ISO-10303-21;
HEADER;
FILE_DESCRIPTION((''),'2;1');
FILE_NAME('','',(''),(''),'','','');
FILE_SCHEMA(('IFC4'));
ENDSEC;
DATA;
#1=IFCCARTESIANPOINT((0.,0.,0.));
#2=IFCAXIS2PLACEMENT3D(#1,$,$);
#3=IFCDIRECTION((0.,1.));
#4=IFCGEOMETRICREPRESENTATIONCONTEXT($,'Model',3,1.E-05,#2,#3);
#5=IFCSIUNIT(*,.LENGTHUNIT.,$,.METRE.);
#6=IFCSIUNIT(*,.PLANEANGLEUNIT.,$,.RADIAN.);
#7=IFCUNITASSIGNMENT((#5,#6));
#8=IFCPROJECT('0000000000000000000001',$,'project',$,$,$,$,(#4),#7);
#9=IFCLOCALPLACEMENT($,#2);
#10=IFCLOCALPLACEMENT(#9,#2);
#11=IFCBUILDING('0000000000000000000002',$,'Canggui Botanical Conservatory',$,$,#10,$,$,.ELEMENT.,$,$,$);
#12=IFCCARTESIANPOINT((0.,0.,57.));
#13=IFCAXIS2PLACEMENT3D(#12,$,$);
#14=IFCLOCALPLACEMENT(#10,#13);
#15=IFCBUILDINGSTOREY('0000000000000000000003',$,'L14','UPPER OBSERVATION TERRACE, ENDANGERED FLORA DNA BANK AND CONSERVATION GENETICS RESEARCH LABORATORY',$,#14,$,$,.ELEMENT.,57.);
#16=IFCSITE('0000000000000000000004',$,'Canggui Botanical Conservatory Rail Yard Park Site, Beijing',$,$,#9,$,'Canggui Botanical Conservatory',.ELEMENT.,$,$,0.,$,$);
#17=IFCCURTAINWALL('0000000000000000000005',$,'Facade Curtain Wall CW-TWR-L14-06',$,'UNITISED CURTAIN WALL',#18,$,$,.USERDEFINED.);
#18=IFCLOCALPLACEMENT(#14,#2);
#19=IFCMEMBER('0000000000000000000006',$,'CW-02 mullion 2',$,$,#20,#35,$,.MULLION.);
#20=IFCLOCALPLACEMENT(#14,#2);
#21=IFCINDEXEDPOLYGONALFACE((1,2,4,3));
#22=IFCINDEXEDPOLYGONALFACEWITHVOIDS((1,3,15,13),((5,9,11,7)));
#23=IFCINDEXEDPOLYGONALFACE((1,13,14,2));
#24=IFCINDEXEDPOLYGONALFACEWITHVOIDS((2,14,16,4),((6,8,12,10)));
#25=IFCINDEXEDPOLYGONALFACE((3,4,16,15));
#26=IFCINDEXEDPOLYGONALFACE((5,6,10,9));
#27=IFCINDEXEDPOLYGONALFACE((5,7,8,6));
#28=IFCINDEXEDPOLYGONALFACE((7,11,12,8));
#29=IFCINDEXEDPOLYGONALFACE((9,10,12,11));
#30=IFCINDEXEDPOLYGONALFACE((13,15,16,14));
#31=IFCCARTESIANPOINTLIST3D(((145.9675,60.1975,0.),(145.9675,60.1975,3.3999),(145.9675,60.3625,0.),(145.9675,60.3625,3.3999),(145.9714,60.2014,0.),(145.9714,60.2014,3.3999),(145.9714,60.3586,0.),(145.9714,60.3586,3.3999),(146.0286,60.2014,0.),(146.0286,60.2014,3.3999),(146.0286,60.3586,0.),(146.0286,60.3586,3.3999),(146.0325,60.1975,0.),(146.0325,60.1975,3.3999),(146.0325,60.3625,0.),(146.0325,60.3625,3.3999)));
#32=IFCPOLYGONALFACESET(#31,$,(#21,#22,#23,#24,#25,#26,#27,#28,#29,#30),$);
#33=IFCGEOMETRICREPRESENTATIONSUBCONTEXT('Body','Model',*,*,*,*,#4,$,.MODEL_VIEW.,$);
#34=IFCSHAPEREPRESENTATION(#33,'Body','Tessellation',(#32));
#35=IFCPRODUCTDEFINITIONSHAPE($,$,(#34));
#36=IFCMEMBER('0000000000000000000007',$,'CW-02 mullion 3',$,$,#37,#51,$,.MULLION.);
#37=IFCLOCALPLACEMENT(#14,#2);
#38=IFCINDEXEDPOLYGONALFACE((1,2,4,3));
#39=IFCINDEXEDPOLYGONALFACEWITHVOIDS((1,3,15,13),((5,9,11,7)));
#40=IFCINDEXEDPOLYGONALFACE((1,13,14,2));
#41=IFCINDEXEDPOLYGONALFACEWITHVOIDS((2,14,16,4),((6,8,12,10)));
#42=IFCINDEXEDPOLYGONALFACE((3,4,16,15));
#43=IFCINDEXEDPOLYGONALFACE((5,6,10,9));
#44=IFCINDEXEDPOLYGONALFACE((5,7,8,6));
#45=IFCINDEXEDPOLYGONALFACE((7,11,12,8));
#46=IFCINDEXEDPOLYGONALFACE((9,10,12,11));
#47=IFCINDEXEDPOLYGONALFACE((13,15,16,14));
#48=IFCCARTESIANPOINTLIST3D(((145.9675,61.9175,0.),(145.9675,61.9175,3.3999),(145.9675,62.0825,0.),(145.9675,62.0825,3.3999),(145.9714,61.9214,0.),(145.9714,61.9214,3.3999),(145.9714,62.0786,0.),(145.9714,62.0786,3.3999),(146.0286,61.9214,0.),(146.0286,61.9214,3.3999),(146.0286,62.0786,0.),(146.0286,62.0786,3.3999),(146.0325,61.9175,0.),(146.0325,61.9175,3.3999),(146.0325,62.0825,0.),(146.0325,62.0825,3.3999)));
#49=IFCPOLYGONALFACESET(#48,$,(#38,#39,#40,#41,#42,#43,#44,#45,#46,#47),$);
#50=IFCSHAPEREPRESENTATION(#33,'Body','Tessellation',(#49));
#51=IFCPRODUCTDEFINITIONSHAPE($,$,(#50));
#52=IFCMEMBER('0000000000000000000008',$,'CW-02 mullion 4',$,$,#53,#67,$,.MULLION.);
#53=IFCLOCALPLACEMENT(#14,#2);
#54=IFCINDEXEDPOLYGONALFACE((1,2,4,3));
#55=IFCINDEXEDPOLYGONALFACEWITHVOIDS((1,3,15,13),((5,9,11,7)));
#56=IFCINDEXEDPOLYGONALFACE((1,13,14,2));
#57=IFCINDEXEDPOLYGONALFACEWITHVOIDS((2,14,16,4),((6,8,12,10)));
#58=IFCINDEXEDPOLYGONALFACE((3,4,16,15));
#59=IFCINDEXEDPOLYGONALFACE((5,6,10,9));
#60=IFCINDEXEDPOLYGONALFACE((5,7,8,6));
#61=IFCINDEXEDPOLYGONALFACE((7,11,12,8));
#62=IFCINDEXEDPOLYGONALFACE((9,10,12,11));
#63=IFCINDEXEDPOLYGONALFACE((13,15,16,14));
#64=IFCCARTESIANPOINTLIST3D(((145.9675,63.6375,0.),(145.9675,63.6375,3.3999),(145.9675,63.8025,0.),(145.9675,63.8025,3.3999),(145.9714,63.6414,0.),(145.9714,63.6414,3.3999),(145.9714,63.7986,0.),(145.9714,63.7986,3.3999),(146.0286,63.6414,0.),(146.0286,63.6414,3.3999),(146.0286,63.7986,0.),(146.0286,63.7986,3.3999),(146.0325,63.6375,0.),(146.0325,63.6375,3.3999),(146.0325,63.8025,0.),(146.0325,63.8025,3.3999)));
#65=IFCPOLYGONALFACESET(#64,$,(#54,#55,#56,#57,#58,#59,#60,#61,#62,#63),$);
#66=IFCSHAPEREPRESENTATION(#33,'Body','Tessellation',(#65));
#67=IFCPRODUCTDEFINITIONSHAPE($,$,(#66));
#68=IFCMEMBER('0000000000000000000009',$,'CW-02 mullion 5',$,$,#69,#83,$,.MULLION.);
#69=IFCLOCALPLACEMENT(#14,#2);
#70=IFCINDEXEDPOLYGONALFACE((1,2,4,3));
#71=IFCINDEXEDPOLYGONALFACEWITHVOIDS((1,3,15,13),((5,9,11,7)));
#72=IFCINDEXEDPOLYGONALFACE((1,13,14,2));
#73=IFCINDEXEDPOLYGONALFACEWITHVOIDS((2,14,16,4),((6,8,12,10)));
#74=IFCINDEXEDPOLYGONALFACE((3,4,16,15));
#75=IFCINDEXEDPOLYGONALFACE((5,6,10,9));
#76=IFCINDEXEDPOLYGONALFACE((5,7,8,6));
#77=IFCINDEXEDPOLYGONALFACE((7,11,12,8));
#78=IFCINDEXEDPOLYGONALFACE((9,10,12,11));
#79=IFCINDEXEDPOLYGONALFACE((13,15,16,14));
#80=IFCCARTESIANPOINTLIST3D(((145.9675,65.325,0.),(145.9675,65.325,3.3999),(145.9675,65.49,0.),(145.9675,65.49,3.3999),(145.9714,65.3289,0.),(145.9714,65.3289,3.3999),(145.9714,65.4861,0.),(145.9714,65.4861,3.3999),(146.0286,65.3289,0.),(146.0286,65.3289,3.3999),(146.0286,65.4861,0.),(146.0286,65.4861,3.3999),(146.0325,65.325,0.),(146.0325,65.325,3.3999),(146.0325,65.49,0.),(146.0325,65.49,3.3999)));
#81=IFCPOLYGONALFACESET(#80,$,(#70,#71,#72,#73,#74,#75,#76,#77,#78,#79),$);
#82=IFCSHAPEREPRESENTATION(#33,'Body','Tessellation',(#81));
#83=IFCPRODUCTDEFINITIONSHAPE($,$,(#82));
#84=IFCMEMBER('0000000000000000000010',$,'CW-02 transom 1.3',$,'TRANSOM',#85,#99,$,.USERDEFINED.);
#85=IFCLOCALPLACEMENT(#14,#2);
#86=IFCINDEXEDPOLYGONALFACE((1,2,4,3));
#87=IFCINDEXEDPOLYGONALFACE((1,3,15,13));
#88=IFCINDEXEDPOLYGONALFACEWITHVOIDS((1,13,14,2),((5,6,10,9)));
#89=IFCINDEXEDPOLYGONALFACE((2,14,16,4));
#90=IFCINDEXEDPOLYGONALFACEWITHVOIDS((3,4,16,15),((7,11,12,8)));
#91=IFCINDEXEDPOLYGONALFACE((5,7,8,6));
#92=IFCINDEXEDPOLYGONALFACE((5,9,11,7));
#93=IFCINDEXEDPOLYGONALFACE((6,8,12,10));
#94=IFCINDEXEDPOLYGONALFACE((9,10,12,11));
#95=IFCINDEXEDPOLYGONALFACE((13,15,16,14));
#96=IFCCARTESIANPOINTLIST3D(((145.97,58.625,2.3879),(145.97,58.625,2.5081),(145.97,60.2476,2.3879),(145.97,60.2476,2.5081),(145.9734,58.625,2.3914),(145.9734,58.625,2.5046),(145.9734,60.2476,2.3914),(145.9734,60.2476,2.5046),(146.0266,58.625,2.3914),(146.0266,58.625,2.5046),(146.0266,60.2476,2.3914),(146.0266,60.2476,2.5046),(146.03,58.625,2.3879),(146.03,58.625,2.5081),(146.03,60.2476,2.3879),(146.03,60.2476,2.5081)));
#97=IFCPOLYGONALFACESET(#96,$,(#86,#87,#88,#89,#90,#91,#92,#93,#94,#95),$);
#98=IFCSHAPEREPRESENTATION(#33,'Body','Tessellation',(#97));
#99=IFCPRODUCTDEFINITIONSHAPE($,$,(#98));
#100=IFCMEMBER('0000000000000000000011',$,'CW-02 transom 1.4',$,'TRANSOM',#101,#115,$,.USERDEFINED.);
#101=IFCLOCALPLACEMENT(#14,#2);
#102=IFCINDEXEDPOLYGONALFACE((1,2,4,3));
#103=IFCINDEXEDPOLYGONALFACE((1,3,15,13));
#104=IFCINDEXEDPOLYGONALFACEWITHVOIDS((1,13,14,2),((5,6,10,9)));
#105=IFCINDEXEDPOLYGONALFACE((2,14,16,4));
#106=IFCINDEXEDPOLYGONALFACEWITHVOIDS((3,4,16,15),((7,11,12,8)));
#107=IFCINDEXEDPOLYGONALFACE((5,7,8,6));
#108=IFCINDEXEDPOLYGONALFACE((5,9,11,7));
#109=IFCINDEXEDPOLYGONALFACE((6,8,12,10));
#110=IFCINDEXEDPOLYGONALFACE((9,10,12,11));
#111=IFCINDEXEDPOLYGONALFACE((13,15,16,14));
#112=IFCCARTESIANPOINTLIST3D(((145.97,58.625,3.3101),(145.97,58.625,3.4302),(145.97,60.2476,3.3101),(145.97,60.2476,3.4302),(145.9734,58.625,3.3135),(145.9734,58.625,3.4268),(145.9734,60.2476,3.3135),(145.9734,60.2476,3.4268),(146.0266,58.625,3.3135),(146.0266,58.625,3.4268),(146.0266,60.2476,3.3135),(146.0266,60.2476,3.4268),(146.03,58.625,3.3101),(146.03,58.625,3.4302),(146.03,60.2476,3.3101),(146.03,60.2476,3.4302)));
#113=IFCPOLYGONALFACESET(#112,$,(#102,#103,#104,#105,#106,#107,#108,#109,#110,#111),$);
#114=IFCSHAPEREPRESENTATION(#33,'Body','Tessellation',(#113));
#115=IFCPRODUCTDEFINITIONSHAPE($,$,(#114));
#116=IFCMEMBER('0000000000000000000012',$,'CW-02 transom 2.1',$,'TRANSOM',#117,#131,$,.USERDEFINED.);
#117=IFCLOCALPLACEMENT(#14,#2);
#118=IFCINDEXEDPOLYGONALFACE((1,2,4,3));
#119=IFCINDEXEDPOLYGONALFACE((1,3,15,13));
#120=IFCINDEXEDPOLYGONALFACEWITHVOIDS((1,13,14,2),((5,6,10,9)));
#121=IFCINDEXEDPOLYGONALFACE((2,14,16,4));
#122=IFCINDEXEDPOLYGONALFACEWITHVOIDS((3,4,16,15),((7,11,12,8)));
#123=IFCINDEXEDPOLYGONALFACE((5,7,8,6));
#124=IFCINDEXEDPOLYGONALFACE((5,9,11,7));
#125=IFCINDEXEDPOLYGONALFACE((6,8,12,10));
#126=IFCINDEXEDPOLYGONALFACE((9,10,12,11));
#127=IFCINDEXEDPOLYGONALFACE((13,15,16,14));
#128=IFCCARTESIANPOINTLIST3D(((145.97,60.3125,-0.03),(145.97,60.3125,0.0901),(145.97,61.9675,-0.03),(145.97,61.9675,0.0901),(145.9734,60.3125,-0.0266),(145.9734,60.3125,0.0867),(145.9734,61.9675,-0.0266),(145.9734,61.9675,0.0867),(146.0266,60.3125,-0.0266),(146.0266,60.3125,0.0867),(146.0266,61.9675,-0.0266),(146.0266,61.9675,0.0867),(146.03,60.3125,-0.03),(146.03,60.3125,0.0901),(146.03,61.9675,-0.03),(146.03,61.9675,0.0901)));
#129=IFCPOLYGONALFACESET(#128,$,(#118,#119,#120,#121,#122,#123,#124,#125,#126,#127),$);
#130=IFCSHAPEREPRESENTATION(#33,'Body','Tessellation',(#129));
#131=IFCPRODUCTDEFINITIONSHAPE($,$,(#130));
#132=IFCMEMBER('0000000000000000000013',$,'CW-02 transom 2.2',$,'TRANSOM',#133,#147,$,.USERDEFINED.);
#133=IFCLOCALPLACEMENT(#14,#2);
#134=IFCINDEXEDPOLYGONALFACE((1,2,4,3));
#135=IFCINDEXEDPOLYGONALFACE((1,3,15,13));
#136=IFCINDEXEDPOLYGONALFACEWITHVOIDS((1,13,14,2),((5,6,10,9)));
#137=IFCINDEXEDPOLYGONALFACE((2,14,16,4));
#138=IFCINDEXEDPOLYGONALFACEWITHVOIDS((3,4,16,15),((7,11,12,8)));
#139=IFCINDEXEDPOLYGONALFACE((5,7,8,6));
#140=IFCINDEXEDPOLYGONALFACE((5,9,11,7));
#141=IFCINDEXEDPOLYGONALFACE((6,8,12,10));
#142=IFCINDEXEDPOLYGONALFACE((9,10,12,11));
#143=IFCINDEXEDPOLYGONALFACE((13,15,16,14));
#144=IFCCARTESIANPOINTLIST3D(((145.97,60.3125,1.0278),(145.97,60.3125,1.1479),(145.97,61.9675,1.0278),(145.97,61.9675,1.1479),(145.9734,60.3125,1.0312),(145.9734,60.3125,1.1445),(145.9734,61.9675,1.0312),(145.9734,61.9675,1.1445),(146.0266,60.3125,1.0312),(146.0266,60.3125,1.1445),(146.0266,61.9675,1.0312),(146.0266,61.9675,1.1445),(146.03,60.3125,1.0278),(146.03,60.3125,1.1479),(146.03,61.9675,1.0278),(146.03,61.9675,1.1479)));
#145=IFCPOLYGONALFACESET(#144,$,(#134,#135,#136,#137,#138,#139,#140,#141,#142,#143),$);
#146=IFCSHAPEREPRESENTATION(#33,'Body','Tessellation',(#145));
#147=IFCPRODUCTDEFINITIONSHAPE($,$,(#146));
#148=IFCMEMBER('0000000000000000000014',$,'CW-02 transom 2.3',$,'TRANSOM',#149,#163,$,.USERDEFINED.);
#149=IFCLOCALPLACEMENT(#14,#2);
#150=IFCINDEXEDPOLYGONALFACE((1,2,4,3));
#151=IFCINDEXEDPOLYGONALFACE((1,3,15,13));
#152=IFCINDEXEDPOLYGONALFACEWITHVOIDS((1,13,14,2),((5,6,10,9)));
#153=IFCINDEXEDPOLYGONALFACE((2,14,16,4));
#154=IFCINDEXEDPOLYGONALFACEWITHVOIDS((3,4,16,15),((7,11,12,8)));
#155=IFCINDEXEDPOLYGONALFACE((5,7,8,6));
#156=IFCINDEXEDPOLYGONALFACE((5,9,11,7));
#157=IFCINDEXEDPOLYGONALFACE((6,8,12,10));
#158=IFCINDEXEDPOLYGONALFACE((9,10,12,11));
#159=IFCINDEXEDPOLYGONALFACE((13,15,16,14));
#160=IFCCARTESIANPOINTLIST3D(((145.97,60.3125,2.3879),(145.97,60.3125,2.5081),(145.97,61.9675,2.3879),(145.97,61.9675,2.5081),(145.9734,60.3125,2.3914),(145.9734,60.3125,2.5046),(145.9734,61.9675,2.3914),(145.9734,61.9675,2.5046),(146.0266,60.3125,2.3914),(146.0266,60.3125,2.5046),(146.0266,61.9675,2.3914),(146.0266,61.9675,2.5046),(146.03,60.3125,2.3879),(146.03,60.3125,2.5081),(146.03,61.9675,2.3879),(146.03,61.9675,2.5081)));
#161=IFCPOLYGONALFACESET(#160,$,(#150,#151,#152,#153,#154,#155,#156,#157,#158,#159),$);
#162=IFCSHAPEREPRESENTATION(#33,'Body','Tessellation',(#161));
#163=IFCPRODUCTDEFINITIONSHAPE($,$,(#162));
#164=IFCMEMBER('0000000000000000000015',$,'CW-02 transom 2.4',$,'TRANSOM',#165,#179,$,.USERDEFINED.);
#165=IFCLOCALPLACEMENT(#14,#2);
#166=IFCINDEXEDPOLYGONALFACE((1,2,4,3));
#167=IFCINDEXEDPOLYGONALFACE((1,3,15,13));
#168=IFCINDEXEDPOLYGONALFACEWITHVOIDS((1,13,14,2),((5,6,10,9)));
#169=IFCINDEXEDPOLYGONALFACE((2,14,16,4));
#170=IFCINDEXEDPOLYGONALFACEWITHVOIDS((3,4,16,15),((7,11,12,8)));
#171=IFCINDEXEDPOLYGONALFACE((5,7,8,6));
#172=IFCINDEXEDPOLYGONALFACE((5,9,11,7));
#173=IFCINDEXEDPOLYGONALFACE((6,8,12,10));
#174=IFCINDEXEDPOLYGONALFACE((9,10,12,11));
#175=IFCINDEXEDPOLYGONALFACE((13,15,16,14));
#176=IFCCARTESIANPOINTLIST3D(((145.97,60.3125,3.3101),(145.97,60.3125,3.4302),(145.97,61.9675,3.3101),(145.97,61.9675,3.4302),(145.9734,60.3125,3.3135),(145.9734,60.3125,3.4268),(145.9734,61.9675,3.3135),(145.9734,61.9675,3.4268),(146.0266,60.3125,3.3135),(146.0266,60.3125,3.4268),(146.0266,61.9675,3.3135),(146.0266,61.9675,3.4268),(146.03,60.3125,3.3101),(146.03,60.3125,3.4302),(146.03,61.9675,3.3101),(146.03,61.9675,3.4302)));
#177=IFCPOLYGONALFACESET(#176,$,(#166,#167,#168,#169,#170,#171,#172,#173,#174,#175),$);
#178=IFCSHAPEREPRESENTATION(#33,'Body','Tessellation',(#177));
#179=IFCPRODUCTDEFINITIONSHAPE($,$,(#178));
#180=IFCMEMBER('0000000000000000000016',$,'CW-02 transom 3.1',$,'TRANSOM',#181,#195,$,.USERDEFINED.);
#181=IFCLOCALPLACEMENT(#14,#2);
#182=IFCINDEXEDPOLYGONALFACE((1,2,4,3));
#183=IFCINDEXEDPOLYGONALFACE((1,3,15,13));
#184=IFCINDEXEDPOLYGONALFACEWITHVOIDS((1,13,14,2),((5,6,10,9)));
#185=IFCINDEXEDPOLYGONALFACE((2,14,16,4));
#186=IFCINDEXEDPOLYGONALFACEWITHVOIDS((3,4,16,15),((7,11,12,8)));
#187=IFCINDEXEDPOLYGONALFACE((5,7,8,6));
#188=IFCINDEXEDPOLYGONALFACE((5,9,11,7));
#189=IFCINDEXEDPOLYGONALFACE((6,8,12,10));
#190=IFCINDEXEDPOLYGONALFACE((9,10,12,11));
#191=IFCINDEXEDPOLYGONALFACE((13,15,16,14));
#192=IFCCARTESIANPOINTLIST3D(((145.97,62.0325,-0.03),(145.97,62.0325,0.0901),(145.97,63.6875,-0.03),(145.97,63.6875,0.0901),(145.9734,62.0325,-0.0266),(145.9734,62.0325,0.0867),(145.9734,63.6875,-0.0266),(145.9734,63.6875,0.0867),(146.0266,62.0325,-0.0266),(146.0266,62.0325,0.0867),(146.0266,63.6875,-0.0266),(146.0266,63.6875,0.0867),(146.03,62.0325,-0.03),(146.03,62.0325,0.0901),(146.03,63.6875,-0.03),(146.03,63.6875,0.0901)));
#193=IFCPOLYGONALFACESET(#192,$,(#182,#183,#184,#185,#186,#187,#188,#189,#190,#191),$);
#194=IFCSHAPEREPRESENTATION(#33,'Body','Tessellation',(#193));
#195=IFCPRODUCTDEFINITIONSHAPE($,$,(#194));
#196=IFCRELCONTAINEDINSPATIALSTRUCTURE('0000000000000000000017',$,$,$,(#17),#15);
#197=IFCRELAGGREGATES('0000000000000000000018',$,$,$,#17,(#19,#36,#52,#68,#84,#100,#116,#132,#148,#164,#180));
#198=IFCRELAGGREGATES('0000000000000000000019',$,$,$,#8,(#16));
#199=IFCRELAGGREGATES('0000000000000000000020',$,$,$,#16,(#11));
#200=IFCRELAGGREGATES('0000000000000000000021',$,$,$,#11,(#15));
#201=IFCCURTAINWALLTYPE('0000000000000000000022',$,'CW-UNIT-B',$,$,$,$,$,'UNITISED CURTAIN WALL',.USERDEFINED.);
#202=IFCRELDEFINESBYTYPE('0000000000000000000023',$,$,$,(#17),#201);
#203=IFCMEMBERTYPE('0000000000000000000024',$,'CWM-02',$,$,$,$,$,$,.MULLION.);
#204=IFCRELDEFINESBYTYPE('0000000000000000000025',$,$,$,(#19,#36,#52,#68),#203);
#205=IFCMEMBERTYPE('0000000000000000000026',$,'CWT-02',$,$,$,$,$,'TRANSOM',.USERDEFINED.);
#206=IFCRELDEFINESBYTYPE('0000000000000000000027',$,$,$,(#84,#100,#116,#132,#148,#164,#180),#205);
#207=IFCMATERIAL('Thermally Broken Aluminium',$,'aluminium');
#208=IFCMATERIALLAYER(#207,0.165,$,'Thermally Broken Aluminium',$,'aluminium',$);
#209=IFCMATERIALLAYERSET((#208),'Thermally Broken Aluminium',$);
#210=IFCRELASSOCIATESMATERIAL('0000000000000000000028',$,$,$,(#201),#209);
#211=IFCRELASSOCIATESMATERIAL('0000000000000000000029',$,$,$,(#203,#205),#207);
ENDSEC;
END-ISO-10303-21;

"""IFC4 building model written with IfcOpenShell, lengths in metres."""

from ifc_helpers import new_model, si_unit, direction, frame, origin, origin_2d, place, context, subcontext, project, spatial, hollow_rectangle, extrude, material, layer, layer_set, material_profile, profile_set, type_object, element, aggregate, save


model = new_model("IFC4")

# Units and contexts
model_context = context("Model", 3, precision=1e-05, world=origin(), true_north=direction((0.0, 1.0)))
body_context = subcontext(model_context, "Body", "Model", "MODEL_VIEW")
ifc_project = project(units=[si_unit("LENGTHUNIT", "METRE"), si_unit("PLANEANGLEUNIT", "RADIAN")], contexts=[model_context])

# Site, building, storey
site_placement = place(None, origin())
site = spatial("IfcSite", under=ifc_project, at=site_placement, Name="Canggui Botanical Conservatory Rail Yard Park Site, Beijing", LongName="Canggui Botanical Conservatory", CompositionType="ELEMENT", RefElevation=0.0)
building_placement = place(site_placement, origin())
building = spatial("IfcBuilding", under=site, at=building_placement, Name="Canggui Botanical Conservatory", CompositionType="ELEMENT")
storey_placement = place(building_placement, frame((0.0, 0.0, 57.0)))
storey = spatial("IfcBuildingStorey", under=building, at=storey_placement, Name="L14", Description="UPPER OBSERVATION TERRACE, ENDANGERED FLORA DNA BANK AND CONSERVATION GENETICS RESEARCH LABORATORY", CompositionType="ELEMENT", Elevation=57.0)

# Curtain wall, members
ifc_material_1 = material(Name="Thermally Broken Aluminium", Category="aluminium")
ifc_layer_1 = layer(ifc_material_1, 0.165, Name="Thermally Broken Aluminium", Category="aluminium")
ifc_layer_set_1 = layer_set([ifc_layer_1], Name="Thermally Broken Aluminium")
curtain_wall_type = type_object("IfcCurtainWallType", Name="CW-UNIT-B", ElementType="UNITISED CURTAIN WALL", PredefinedType="USERDEFINED", material=ifc_layer_set_1)
curtain_wall_placement = place(storey_placement, origin())
curtain_wall = element("IfcCurtainWall", 1, at=curtain_wall_placement, inside=storey, type_object=curtain_wall_type, Name="Facade Curtain Wall CW-TWR-L14-06", ObjectType="UNITISED CURTAIN WALL", PredefinedType="USERDEFINED")
ifc_material_profile_1 = material_profile(ifc_material_1, hollow_rectangle(XDim=0.0649, YDim=0.165, WallThickness=0.0039, at=origin_2d()), Name="CWM 65x165x4")
ifc_profile_set_1 = profile_set([ifc_material_profile_1], Name="Thermally Broken Aluminium")
member_type_1 = type_object("IfcMemberType", Name="CWM-02", PredefinedType="MULLION", material=ifc_profile_set_1)
member_1_placement = place(storey_placement, frame((146.0, 60.28, 0.0), z_axis=(0.0, 0.0, 1.0), x_axis=(-1.0, 0.0, 0.0)))
member_1 = element("IfcMember", 2, at=member_1_placement, type_object=member_type_1, Name="CW-02 mullion 2", PredefinedType="MULLION", context=body_context, shape_type="SweptSolid", body=[
    extrude(hollow_rectangle(XDim=0.0649, YDim=0.165, WallThickness=0.0039, at=origin_2d()), origin(), (0.0, 0.0, 1.0), 3.3999),
])
member_2_placement = place(storey_placement, frame((146.0, 62.0, 0.0), z_axis=(0.0, 0.0, 1.0), x_axis=(-1.0, 0.0, 0.0)))
member_2 = element("IfcMember", 3, at=member_2_placement, type_object=member_type_1, Name="CW-02 mullion 3", PredefinedType="MULLION", context=body_context, shape_type="SweptSolid", body=[
    extrude(hollow_rectangle(XDim=0.0649, YDim=0.165, WallThickness=0.0039, at=origin_2d()), origin(), (0.0, 0.0, 1.0), 3.3999),
])
member_3_placement = place(storey_placement, frame((146.0, 63.72, 0.0), z_axis=(0.0, 0.0, 1.0), x_axis=(-1.0, 0.0, 0.0)))
member_3 = element("IfcMember", 4, at=member_3_placement, type_object=member_type_1, Name="CW-02 mullion 4", PredefinedType="MULLION", context=body_context, shape_type="SweptSolid", body=[
    extrude(hollow_rectangle(XDim=0.0649, YDim=0.165, WallThickness=0.0039, at=origin_2d()), origin(), (0.0, 0.0, 1.0), 3.3999),
])
member_4_placement = place(storey_placement, frame((146.0, 65.4075, 0.0), z_axis=(0.0, 0.0, 1.0), x_axis=(-1.0, 0.0, 0.0)))
member_4 = element("IfcMember", 5, at=member_4_placement, type_object=member_type_1, Name="CW-02 mullion 5", PredefinedType="MULLION", context=body_context, shape_type="SweptSolid", body=[
    extrude(hollow_rectangle(XDim=0.0649, YDim=0.165, WallThickness=0.0039, at=origin_2d()), origin(), (0.0, 0.0, 1.0), 3.3999),
])
ifc_material_profile_2 = material_profile(ifc_material_1, hollow_rectangle(XDim=0.0601, YDim=0.1201, WallThickness=0.0034, at=origin_2d()), Name="CWT 60x120x3.5")
ifc_profile_set_2 = profile_set([ifc_material_profile_2], Name="Thermally Broken Aluminium")
member_type_2 = type_object("IfcMemberType", Name="CWT-02", ElementType="TRANSOM", PredefinedType="USERDEFINED", material=ifc_profile_set_2)
member_5_placement = place(storey_placement, frame((146.0, 58.625, 2.448), z_axis=(0.0, 1.0, 0.0), x_axis=(-1.0, 0.0, 0.0)))
member_5 = element("IfcMember", 6, at=member_5_placement, type_object=member_type_2, Name="CW-02 transom 1.3", ObjectType="TRANSOM", PredefinedType="USERDEFINED", context=body_context, shape_type="SweptSolid", body=[
    extrude(hollow_rectangle(XDim=0.0601, YDim=0.1201, WallThickness=0.0034, at=origin_2d()), origin(), (0.0, 0.0, 1.0), 1.6226),
])
member_6_placement = place(storey_placement, frame((146.0, 58.625, 3.3701), z_axis=(0.0, 1.0, 0.0), x_axis=(-1.0, 0.0, 0.0)))
member_6 = element("IfcMember", 7, at=member_6_placement, type_object=member_type_2, Name="CW-02 transom 1.4", ObjectType="TRANSOM", PredefinedType="USERDEFINED", context=body_context, shape_type="SweptSolid", body=[
    extrude(hollow_rectangle(XDim=0.0601, YDim=0.1201, WallThickness=0.0034, at=origin_2d()), origin(), (0.0, 0.0, 1.0), 1.6226),
])
member_7_placement = place(storey_placement, frame((146.0, 60.3125, 0.03), z_axis=(0.0, 1.0, 0.0), x_axis=(-1.0, 0.0, 0.0)))
member_7 = element("IfcMember", 8, at=member_7_placement, type_object=member_type_2, Name="CW-02 transom 2.1", ObjectType="TRANSOM", PredefinedType="USERDEFINED", context=body_context, shape_type="SweptSolid", body=[
    extrude(hollow_rectangle(XDim=0.0601, YDim=0.1201, WallThickness=0.0034, at=origin_2d()), origin(), (0.0, 0.0, 1.0), 1.655),
])
member_8_placement = place(storey_placement, frame((146.0, 60.3125, 1.0879), z_axis=(0.0, 1.0, 0.0), x_axis=(-1.0, 0.0, 0.0)))
member_8 = element("IfcMember", 9, at=member_8_placement, type_object=member_type_2, Name="CW-02 transom 2.2", ObjectType="TRANSOM", PredefinedType="USERDEFINED", context=body_context, shape_type="SweptSolid", body=[
    extrude(hollow_rectangle(XDim=0.0601, YDim=0.1201, WallThickness=0.0034, at=origin_2d()), origin(), (0.0, 0.0, 1.0), 1.655),
])
member_9_placement = place(storey_placement, frame((146.0, 60.3125, 2.448), z_axis=(0.0, 1.0, 0.0), x_axis=(-1.0, 0.0, 0.0)))
member_9 = element("IfcMember", 10, at=member_9_placement, type_object=member_type_2, Name="CW-02 transom 2.3", ObjectType="TRANSOM", PredefinedType="USERDEFINED", context=body_context, shape_type="SweptSolid", body=[
    extrude(hollow_rectangle(XDim=0.0601, YDim=0.1201, WallThickness=0.0034, at=origin_2d()), origin(), (0.0, 0.0, 1.0), 1.655),
])
member_10_placement = place(storey_placement, frame((146.0, 60.3125, 3.3701), z_axis=(0.0, 1.0, 0.0), x_axis=(-1.0, 0.0, 0.0)))
member_10 = element("IfcMember", 11, at=member_10_placement, type_object=member_type_2, Name="CW-02 transom 2.4", ObjectType="TRANSOM", PredefinedType="USERDEFINED", context=body_context, shape_type="SweptSolid", body=[
    extrude(hollow_rectangle(XDim=0.0601, YDim=0.1201, WallThickness=0.0034, at=origin_2d()), origin(), (0.0, 0.0, 1.0), 1.655),
])
member_11_placement = place(storey_placement, frame((146.0, 62.0325, 0.03), z_axis=(0.0, 1.0, 0.0), x_axis=(-1.0, 0.0, 0.0)))
member_11 = element("IfcMember", 12, at=member_11_placement, type_object=member_type_2, Name="CW-02 transom 3.1", ObjectType="TRANSOM", PredefinedType="USERDEFINED", context=body_context, shape_type="SweptSolid", body=[
    extrude(hollow_rectangle(XDim=0.0601, YDim=0.1201, WallThickness=0.0034, at=origin_2d()), origin(), (0.0, 0.0, 1.0), 1.655),
])
aggregate(curtain_wall, [member_1, member_2, member_3, member_4, member_5, member_6, member_7, member_8, member_9, member_10, member_11])

save(model, "model.ifc")
